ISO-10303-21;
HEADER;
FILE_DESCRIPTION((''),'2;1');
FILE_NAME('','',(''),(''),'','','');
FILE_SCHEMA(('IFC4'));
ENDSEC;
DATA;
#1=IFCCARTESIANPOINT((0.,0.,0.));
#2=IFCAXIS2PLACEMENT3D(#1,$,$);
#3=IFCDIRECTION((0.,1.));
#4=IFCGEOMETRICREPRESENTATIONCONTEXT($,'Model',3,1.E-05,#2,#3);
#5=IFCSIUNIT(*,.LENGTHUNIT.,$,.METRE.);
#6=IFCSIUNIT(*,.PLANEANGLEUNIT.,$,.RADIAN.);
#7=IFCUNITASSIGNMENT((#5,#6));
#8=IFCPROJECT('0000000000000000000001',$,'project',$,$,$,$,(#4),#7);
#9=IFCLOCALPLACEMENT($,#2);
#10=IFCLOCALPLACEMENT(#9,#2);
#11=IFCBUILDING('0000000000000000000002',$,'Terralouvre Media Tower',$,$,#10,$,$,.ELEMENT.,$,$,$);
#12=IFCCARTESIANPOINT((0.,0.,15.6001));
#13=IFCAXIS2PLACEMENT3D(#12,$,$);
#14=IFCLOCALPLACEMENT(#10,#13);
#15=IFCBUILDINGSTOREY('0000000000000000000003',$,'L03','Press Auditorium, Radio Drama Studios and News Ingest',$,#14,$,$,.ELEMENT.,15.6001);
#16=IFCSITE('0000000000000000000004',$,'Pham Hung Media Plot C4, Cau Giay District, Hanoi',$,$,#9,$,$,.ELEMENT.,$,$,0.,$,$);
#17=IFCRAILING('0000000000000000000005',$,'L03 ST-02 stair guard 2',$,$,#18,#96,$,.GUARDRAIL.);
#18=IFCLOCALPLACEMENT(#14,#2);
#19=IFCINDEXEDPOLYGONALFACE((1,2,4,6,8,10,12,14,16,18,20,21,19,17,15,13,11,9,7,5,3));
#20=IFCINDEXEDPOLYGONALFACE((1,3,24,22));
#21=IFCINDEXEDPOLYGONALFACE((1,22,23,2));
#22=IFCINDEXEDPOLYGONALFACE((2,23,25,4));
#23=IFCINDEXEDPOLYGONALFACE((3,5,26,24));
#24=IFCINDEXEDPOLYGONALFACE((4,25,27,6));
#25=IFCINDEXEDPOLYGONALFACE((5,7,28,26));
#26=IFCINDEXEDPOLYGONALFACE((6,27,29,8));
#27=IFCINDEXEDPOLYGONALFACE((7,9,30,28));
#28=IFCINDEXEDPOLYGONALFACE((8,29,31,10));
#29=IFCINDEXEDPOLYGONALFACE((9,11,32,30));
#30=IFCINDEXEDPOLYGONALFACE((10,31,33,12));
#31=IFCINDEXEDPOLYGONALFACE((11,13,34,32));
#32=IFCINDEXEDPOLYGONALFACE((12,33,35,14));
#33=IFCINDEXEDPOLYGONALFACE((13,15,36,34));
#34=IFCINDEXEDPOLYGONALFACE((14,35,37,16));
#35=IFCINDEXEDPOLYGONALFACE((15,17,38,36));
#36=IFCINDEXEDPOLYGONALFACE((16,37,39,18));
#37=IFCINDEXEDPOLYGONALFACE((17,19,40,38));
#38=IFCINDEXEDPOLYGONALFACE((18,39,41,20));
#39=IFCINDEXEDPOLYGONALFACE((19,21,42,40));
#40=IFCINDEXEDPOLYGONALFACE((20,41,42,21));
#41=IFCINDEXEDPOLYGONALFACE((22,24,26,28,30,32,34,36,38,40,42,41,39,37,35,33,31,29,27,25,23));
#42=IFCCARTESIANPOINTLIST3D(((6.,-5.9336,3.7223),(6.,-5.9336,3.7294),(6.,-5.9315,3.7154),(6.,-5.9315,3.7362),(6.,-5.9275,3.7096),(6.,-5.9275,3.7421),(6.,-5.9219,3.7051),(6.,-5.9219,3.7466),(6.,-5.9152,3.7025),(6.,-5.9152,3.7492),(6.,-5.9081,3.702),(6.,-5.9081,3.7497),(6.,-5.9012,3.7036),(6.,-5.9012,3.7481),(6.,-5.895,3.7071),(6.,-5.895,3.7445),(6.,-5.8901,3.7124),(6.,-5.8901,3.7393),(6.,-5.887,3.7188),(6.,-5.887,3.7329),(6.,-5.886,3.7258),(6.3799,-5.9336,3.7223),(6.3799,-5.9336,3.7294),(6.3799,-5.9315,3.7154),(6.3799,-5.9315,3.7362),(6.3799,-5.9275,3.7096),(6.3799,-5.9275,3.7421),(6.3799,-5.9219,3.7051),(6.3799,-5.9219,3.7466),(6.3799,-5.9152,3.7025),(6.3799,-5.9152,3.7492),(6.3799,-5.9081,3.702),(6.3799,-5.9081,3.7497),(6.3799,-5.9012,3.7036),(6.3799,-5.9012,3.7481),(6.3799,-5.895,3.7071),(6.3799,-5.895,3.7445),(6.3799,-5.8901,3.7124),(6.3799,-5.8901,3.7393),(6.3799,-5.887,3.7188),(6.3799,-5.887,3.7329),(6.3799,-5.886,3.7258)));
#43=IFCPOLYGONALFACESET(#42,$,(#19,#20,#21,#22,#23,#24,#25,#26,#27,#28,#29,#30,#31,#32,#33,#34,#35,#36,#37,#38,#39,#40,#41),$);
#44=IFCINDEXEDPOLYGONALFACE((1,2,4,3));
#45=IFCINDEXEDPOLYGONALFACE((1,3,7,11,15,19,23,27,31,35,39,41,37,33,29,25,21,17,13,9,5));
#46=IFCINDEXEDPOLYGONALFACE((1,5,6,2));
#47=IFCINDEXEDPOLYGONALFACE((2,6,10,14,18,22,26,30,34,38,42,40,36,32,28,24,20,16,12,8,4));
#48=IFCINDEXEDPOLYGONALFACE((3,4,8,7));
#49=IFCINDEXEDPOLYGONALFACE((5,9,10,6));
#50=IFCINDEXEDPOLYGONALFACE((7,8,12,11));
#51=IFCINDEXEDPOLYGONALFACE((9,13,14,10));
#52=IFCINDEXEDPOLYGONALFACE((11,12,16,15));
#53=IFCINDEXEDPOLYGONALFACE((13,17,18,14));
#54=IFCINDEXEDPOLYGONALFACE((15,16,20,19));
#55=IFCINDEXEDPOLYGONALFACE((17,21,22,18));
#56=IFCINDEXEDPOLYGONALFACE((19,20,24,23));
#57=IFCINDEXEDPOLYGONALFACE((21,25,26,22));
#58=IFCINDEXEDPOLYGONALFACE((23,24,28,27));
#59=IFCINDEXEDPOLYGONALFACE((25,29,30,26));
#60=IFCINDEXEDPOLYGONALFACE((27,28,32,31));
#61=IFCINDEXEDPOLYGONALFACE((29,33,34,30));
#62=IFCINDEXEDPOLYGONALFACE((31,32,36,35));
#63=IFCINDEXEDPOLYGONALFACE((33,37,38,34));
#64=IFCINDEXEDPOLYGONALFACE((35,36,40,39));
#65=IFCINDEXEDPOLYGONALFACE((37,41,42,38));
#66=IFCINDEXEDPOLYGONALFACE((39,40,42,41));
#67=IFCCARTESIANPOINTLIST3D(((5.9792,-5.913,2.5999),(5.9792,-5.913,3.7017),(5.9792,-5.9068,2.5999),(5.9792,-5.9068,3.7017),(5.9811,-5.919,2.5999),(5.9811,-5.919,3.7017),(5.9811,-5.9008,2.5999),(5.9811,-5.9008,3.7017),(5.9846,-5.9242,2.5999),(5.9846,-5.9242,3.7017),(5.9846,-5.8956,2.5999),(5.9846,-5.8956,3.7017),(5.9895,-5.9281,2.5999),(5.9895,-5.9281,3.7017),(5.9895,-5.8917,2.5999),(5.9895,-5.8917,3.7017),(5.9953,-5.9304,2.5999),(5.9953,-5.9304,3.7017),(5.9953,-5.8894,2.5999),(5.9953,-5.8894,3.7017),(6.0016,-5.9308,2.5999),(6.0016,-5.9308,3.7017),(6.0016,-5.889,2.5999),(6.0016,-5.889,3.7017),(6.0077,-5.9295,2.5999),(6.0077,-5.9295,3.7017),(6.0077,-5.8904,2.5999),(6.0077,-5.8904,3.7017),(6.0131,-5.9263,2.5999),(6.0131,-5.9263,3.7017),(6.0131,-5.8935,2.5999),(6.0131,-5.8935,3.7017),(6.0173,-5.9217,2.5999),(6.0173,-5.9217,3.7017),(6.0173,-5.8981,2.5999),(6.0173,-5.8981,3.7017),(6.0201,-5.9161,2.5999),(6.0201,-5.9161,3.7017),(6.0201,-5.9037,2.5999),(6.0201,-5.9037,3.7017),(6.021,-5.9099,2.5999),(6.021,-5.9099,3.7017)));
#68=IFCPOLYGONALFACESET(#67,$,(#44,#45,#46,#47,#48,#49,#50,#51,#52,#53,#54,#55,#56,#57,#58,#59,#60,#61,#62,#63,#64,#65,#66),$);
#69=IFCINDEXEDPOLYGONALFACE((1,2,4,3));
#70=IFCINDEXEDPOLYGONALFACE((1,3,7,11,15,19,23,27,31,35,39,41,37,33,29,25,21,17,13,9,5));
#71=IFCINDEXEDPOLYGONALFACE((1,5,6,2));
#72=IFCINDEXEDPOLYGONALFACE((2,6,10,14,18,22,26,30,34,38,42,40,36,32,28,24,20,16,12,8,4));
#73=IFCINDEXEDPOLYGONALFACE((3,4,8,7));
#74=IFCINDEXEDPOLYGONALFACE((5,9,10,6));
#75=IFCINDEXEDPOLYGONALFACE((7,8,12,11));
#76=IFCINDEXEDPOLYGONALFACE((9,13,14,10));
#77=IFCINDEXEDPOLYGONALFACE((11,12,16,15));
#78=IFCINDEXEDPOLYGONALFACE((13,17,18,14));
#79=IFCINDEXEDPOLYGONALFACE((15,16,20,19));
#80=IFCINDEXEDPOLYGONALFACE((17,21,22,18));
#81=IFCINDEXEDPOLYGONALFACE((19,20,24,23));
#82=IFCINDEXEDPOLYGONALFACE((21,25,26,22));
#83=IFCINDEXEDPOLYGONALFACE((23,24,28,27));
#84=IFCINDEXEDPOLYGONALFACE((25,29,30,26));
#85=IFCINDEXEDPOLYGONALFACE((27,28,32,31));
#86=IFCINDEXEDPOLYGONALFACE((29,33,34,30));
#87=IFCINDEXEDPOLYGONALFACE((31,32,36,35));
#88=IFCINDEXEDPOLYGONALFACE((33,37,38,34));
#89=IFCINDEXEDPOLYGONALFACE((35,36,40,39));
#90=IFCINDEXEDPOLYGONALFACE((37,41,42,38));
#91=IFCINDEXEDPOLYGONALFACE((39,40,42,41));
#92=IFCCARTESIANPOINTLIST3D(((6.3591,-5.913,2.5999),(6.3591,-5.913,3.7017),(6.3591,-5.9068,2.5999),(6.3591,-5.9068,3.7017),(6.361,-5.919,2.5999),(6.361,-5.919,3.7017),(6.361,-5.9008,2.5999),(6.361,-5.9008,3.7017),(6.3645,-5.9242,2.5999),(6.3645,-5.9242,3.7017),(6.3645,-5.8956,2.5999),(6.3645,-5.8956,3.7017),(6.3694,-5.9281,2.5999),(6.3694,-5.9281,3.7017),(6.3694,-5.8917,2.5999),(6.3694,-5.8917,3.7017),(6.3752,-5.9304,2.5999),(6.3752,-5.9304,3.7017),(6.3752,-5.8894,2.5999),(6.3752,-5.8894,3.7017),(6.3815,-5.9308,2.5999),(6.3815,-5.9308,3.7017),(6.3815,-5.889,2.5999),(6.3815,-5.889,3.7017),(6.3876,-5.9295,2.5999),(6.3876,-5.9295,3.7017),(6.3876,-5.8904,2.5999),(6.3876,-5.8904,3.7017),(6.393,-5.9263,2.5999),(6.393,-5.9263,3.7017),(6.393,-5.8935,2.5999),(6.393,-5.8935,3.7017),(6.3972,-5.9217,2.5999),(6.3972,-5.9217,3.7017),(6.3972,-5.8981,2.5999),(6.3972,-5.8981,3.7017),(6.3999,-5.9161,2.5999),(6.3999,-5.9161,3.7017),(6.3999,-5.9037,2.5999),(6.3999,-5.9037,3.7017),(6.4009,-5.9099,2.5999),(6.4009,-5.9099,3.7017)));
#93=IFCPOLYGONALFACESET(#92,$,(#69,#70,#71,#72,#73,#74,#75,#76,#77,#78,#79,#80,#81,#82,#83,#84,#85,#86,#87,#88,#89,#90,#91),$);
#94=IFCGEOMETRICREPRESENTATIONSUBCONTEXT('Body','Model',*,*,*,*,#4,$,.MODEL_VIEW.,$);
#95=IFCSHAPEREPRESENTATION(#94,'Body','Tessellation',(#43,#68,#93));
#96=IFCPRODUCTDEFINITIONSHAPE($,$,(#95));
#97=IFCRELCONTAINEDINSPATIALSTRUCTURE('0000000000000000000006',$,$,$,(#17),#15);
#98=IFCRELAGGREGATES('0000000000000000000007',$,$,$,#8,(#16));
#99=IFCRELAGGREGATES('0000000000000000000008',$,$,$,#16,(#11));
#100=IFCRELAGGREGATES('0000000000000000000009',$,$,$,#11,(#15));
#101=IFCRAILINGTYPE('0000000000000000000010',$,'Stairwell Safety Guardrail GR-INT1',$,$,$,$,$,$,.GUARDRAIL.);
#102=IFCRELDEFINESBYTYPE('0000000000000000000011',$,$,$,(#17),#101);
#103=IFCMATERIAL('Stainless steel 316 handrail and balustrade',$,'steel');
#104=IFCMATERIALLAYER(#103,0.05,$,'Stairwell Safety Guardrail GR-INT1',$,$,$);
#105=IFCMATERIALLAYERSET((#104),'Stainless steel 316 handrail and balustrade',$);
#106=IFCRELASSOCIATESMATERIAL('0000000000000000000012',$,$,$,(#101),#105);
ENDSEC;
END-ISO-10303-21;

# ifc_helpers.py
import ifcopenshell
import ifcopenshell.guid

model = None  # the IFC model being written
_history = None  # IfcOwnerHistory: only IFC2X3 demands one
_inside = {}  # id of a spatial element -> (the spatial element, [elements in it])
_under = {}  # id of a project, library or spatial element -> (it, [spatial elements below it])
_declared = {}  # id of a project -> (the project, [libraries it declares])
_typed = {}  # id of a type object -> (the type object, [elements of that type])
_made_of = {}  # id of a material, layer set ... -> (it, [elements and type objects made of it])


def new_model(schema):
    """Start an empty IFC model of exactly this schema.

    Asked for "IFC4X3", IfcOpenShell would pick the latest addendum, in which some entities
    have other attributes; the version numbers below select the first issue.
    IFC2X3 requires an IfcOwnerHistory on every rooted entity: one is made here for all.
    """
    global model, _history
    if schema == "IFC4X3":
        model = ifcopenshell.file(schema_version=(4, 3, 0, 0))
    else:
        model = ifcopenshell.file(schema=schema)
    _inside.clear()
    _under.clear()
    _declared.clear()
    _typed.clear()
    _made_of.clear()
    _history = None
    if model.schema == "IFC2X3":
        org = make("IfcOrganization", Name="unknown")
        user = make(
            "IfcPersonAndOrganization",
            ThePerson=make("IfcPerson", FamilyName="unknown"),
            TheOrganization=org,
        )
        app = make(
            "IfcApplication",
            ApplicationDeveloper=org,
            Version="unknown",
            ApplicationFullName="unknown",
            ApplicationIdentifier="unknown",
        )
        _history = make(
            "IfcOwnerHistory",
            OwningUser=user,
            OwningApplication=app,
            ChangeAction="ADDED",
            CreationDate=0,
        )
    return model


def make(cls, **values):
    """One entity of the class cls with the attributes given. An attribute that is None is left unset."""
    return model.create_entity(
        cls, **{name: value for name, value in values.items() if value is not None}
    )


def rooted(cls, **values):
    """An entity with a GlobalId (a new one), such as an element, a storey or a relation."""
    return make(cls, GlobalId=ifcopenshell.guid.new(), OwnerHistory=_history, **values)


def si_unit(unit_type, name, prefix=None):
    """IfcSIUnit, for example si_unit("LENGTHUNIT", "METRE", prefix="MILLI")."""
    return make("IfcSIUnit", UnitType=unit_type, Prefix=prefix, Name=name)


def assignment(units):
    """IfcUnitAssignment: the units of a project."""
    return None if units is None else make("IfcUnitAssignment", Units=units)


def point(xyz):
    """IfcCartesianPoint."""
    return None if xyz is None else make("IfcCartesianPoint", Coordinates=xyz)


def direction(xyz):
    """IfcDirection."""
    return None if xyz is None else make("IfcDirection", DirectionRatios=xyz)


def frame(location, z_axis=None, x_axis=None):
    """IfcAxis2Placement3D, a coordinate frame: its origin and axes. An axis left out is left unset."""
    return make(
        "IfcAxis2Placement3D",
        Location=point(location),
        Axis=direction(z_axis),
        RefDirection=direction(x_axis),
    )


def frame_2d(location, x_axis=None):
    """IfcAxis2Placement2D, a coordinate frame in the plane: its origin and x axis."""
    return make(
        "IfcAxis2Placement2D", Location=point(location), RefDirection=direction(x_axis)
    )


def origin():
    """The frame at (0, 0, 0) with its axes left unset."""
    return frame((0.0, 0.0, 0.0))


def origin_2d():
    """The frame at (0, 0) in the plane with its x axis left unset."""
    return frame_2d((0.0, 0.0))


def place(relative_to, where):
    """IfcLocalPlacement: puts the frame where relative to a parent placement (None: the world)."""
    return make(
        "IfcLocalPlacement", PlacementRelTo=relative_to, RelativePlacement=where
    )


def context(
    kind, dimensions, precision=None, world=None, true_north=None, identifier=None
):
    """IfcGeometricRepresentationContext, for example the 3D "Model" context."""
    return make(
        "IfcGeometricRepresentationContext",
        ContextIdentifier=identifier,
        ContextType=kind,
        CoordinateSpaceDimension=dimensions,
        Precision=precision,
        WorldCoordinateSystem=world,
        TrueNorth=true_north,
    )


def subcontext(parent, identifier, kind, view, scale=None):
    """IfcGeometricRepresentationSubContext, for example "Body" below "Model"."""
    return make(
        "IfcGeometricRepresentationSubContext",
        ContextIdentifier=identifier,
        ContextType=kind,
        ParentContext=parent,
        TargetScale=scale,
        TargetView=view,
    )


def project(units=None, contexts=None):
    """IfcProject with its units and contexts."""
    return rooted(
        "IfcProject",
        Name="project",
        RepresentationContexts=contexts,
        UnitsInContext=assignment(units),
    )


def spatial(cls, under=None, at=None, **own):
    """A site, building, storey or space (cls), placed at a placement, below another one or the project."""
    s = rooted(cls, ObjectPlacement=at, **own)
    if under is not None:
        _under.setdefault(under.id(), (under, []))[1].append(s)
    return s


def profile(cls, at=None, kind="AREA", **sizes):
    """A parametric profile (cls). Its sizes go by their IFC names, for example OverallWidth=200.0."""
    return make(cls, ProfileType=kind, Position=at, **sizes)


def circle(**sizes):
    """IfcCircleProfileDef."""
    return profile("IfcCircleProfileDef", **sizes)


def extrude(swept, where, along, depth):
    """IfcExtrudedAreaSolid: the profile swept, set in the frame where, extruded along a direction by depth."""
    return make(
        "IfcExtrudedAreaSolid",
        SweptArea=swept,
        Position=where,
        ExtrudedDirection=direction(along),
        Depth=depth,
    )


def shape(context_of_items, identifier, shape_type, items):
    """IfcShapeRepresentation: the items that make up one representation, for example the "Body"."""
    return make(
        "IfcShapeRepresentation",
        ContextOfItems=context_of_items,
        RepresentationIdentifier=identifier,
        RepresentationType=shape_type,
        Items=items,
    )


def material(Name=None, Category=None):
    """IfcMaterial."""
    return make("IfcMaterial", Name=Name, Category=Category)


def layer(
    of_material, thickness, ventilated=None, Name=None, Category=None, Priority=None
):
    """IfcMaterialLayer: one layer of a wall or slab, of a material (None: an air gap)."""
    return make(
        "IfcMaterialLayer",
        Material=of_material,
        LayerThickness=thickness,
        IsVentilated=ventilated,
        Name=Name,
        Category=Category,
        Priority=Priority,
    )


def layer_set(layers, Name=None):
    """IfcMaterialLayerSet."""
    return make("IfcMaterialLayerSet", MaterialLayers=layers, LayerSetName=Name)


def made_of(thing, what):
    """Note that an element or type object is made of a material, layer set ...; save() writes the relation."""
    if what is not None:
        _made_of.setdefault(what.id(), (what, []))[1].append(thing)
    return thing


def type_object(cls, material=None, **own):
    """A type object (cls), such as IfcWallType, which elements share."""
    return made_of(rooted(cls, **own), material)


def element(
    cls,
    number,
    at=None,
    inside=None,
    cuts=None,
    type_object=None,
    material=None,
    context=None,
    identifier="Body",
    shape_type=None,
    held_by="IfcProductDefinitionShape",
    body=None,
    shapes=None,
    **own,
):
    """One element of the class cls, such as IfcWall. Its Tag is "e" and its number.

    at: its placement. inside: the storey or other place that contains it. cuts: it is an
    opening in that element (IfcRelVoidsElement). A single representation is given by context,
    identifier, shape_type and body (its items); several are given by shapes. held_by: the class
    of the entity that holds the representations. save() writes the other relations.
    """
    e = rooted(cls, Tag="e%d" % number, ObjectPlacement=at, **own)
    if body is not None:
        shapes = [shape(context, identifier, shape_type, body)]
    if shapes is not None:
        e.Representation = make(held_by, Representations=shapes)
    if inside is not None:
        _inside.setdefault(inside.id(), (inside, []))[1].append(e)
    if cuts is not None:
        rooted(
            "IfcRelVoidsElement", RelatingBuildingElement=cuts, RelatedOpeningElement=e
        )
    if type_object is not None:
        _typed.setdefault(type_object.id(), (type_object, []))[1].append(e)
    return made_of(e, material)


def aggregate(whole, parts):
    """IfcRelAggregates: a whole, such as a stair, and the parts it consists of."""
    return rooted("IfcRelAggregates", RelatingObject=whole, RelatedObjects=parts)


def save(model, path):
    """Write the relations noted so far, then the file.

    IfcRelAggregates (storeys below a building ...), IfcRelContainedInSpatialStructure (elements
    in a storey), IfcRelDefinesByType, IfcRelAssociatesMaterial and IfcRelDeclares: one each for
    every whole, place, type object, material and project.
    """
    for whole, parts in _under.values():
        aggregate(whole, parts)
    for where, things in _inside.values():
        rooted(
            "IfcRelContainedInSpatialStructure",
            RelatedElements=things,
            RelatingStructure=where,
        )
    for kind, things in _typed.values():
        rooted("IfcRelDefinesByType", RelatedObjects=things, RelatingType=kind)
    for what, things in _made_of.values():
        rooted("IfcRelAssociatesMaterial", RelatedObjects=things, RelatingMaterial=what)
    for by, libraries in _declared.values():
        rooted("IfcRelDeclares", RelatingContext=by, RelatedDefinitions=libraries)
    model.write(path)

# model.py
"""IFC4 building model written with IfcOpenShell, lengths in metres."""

from ifc_helpers import new_model, si_unit, direction, frame, origin, origin_2d, place, context, subcontext, project, spatial, circle, extrude, material, layer, layer_set, type_object, element, save


model = new_model("IFC4")

# Units and contexts
model_context = context("Model", 3, precision=1e-05, world=origin(), true_north=direction((0.0, 1.0)))
body_context = subcontext(model_context, "Body", "Model", "MODEL_VIEW")
ifc_project = project(units=[si_unit("LENGTHUNIT", "METRE"), si_unit("PLANEANGLEUNIT", "RADIAN")], contexts=[model_context])

# Site, building, storey
site_placement = place(None, origin())
site = spatial("IfcSite", under=ifc_project, at=site_placement, Name="Pham Hung Media Plot C4, Cau Giay District, Hanoi", CompositionType="ELEMENT", RefElevation=0.0)
building_placement = place(site_placement, origin())
building = spatial("IfcBuilding", under=site, at=building_placement, Name="Terralouvre Media Tower", CompositionType="ELEMENT")
storey_placement = place(building_placement, frame((0.0, 0.0, 15.6001)))
storey = spatial("IfcBuildingStorey", under=building, at=storey_placement, Name="L03", Description="Press Auditorium, Radio Drama Studios and News Ingest", CompositionType="ELEMENT", Elevation=15.6001)

# Railing
ifc_material_1 = material(Name="Stainless steel 316 handrail and balustrade", Category="steel")
ifc_layer_1 = layer(ifc_material_1, 0.05, Name="Stairwell Safety Guardrail GR-INT1")
ifc_layer_set_1 = layer_set([ifc_layer_1], Name="Stainless steel 316 handrail and balustrade")
railing_type = type_object("IfcRailingType", Name="Stairwell Safety Guardrail GR-INT1", PredefinedType="GUARDRAIL", material=ifc_layer_set_1)
railing_1_placement = place(storey_placement, frame((6.0, -5.9099, 2.5999)))
element("IfcRailing", 1, at=railing_1_placement, inside=storey, type_object=railing_type, Name="L03 ST-02 stair guard 2", PredefinedType="GUARDRAIL", context=body_context, shape_type="SweptSolid", body=[
    extrude(circle(Radius=0.0239, at=origin_2d()), frame((0.0, 0.0, 1.126), z_axis=(1.0, 0.0, 0.0), x_axis=(0.0, 1.0, 0.0)), (0.0, 0.0, 1.0), 0.3799),
    extrude(circle(Radius=0.021, at=origin_2d()), origin(), (0.0, 0.0, 1.0), 1.1018),
    extrude(circle(Radius=0.021, at=origin_2d()), frame((0.3799, 0.0, 0.0)), (0.0, 0.0, 1.0), 1.1018),
])

save(model, "model.ifc")
